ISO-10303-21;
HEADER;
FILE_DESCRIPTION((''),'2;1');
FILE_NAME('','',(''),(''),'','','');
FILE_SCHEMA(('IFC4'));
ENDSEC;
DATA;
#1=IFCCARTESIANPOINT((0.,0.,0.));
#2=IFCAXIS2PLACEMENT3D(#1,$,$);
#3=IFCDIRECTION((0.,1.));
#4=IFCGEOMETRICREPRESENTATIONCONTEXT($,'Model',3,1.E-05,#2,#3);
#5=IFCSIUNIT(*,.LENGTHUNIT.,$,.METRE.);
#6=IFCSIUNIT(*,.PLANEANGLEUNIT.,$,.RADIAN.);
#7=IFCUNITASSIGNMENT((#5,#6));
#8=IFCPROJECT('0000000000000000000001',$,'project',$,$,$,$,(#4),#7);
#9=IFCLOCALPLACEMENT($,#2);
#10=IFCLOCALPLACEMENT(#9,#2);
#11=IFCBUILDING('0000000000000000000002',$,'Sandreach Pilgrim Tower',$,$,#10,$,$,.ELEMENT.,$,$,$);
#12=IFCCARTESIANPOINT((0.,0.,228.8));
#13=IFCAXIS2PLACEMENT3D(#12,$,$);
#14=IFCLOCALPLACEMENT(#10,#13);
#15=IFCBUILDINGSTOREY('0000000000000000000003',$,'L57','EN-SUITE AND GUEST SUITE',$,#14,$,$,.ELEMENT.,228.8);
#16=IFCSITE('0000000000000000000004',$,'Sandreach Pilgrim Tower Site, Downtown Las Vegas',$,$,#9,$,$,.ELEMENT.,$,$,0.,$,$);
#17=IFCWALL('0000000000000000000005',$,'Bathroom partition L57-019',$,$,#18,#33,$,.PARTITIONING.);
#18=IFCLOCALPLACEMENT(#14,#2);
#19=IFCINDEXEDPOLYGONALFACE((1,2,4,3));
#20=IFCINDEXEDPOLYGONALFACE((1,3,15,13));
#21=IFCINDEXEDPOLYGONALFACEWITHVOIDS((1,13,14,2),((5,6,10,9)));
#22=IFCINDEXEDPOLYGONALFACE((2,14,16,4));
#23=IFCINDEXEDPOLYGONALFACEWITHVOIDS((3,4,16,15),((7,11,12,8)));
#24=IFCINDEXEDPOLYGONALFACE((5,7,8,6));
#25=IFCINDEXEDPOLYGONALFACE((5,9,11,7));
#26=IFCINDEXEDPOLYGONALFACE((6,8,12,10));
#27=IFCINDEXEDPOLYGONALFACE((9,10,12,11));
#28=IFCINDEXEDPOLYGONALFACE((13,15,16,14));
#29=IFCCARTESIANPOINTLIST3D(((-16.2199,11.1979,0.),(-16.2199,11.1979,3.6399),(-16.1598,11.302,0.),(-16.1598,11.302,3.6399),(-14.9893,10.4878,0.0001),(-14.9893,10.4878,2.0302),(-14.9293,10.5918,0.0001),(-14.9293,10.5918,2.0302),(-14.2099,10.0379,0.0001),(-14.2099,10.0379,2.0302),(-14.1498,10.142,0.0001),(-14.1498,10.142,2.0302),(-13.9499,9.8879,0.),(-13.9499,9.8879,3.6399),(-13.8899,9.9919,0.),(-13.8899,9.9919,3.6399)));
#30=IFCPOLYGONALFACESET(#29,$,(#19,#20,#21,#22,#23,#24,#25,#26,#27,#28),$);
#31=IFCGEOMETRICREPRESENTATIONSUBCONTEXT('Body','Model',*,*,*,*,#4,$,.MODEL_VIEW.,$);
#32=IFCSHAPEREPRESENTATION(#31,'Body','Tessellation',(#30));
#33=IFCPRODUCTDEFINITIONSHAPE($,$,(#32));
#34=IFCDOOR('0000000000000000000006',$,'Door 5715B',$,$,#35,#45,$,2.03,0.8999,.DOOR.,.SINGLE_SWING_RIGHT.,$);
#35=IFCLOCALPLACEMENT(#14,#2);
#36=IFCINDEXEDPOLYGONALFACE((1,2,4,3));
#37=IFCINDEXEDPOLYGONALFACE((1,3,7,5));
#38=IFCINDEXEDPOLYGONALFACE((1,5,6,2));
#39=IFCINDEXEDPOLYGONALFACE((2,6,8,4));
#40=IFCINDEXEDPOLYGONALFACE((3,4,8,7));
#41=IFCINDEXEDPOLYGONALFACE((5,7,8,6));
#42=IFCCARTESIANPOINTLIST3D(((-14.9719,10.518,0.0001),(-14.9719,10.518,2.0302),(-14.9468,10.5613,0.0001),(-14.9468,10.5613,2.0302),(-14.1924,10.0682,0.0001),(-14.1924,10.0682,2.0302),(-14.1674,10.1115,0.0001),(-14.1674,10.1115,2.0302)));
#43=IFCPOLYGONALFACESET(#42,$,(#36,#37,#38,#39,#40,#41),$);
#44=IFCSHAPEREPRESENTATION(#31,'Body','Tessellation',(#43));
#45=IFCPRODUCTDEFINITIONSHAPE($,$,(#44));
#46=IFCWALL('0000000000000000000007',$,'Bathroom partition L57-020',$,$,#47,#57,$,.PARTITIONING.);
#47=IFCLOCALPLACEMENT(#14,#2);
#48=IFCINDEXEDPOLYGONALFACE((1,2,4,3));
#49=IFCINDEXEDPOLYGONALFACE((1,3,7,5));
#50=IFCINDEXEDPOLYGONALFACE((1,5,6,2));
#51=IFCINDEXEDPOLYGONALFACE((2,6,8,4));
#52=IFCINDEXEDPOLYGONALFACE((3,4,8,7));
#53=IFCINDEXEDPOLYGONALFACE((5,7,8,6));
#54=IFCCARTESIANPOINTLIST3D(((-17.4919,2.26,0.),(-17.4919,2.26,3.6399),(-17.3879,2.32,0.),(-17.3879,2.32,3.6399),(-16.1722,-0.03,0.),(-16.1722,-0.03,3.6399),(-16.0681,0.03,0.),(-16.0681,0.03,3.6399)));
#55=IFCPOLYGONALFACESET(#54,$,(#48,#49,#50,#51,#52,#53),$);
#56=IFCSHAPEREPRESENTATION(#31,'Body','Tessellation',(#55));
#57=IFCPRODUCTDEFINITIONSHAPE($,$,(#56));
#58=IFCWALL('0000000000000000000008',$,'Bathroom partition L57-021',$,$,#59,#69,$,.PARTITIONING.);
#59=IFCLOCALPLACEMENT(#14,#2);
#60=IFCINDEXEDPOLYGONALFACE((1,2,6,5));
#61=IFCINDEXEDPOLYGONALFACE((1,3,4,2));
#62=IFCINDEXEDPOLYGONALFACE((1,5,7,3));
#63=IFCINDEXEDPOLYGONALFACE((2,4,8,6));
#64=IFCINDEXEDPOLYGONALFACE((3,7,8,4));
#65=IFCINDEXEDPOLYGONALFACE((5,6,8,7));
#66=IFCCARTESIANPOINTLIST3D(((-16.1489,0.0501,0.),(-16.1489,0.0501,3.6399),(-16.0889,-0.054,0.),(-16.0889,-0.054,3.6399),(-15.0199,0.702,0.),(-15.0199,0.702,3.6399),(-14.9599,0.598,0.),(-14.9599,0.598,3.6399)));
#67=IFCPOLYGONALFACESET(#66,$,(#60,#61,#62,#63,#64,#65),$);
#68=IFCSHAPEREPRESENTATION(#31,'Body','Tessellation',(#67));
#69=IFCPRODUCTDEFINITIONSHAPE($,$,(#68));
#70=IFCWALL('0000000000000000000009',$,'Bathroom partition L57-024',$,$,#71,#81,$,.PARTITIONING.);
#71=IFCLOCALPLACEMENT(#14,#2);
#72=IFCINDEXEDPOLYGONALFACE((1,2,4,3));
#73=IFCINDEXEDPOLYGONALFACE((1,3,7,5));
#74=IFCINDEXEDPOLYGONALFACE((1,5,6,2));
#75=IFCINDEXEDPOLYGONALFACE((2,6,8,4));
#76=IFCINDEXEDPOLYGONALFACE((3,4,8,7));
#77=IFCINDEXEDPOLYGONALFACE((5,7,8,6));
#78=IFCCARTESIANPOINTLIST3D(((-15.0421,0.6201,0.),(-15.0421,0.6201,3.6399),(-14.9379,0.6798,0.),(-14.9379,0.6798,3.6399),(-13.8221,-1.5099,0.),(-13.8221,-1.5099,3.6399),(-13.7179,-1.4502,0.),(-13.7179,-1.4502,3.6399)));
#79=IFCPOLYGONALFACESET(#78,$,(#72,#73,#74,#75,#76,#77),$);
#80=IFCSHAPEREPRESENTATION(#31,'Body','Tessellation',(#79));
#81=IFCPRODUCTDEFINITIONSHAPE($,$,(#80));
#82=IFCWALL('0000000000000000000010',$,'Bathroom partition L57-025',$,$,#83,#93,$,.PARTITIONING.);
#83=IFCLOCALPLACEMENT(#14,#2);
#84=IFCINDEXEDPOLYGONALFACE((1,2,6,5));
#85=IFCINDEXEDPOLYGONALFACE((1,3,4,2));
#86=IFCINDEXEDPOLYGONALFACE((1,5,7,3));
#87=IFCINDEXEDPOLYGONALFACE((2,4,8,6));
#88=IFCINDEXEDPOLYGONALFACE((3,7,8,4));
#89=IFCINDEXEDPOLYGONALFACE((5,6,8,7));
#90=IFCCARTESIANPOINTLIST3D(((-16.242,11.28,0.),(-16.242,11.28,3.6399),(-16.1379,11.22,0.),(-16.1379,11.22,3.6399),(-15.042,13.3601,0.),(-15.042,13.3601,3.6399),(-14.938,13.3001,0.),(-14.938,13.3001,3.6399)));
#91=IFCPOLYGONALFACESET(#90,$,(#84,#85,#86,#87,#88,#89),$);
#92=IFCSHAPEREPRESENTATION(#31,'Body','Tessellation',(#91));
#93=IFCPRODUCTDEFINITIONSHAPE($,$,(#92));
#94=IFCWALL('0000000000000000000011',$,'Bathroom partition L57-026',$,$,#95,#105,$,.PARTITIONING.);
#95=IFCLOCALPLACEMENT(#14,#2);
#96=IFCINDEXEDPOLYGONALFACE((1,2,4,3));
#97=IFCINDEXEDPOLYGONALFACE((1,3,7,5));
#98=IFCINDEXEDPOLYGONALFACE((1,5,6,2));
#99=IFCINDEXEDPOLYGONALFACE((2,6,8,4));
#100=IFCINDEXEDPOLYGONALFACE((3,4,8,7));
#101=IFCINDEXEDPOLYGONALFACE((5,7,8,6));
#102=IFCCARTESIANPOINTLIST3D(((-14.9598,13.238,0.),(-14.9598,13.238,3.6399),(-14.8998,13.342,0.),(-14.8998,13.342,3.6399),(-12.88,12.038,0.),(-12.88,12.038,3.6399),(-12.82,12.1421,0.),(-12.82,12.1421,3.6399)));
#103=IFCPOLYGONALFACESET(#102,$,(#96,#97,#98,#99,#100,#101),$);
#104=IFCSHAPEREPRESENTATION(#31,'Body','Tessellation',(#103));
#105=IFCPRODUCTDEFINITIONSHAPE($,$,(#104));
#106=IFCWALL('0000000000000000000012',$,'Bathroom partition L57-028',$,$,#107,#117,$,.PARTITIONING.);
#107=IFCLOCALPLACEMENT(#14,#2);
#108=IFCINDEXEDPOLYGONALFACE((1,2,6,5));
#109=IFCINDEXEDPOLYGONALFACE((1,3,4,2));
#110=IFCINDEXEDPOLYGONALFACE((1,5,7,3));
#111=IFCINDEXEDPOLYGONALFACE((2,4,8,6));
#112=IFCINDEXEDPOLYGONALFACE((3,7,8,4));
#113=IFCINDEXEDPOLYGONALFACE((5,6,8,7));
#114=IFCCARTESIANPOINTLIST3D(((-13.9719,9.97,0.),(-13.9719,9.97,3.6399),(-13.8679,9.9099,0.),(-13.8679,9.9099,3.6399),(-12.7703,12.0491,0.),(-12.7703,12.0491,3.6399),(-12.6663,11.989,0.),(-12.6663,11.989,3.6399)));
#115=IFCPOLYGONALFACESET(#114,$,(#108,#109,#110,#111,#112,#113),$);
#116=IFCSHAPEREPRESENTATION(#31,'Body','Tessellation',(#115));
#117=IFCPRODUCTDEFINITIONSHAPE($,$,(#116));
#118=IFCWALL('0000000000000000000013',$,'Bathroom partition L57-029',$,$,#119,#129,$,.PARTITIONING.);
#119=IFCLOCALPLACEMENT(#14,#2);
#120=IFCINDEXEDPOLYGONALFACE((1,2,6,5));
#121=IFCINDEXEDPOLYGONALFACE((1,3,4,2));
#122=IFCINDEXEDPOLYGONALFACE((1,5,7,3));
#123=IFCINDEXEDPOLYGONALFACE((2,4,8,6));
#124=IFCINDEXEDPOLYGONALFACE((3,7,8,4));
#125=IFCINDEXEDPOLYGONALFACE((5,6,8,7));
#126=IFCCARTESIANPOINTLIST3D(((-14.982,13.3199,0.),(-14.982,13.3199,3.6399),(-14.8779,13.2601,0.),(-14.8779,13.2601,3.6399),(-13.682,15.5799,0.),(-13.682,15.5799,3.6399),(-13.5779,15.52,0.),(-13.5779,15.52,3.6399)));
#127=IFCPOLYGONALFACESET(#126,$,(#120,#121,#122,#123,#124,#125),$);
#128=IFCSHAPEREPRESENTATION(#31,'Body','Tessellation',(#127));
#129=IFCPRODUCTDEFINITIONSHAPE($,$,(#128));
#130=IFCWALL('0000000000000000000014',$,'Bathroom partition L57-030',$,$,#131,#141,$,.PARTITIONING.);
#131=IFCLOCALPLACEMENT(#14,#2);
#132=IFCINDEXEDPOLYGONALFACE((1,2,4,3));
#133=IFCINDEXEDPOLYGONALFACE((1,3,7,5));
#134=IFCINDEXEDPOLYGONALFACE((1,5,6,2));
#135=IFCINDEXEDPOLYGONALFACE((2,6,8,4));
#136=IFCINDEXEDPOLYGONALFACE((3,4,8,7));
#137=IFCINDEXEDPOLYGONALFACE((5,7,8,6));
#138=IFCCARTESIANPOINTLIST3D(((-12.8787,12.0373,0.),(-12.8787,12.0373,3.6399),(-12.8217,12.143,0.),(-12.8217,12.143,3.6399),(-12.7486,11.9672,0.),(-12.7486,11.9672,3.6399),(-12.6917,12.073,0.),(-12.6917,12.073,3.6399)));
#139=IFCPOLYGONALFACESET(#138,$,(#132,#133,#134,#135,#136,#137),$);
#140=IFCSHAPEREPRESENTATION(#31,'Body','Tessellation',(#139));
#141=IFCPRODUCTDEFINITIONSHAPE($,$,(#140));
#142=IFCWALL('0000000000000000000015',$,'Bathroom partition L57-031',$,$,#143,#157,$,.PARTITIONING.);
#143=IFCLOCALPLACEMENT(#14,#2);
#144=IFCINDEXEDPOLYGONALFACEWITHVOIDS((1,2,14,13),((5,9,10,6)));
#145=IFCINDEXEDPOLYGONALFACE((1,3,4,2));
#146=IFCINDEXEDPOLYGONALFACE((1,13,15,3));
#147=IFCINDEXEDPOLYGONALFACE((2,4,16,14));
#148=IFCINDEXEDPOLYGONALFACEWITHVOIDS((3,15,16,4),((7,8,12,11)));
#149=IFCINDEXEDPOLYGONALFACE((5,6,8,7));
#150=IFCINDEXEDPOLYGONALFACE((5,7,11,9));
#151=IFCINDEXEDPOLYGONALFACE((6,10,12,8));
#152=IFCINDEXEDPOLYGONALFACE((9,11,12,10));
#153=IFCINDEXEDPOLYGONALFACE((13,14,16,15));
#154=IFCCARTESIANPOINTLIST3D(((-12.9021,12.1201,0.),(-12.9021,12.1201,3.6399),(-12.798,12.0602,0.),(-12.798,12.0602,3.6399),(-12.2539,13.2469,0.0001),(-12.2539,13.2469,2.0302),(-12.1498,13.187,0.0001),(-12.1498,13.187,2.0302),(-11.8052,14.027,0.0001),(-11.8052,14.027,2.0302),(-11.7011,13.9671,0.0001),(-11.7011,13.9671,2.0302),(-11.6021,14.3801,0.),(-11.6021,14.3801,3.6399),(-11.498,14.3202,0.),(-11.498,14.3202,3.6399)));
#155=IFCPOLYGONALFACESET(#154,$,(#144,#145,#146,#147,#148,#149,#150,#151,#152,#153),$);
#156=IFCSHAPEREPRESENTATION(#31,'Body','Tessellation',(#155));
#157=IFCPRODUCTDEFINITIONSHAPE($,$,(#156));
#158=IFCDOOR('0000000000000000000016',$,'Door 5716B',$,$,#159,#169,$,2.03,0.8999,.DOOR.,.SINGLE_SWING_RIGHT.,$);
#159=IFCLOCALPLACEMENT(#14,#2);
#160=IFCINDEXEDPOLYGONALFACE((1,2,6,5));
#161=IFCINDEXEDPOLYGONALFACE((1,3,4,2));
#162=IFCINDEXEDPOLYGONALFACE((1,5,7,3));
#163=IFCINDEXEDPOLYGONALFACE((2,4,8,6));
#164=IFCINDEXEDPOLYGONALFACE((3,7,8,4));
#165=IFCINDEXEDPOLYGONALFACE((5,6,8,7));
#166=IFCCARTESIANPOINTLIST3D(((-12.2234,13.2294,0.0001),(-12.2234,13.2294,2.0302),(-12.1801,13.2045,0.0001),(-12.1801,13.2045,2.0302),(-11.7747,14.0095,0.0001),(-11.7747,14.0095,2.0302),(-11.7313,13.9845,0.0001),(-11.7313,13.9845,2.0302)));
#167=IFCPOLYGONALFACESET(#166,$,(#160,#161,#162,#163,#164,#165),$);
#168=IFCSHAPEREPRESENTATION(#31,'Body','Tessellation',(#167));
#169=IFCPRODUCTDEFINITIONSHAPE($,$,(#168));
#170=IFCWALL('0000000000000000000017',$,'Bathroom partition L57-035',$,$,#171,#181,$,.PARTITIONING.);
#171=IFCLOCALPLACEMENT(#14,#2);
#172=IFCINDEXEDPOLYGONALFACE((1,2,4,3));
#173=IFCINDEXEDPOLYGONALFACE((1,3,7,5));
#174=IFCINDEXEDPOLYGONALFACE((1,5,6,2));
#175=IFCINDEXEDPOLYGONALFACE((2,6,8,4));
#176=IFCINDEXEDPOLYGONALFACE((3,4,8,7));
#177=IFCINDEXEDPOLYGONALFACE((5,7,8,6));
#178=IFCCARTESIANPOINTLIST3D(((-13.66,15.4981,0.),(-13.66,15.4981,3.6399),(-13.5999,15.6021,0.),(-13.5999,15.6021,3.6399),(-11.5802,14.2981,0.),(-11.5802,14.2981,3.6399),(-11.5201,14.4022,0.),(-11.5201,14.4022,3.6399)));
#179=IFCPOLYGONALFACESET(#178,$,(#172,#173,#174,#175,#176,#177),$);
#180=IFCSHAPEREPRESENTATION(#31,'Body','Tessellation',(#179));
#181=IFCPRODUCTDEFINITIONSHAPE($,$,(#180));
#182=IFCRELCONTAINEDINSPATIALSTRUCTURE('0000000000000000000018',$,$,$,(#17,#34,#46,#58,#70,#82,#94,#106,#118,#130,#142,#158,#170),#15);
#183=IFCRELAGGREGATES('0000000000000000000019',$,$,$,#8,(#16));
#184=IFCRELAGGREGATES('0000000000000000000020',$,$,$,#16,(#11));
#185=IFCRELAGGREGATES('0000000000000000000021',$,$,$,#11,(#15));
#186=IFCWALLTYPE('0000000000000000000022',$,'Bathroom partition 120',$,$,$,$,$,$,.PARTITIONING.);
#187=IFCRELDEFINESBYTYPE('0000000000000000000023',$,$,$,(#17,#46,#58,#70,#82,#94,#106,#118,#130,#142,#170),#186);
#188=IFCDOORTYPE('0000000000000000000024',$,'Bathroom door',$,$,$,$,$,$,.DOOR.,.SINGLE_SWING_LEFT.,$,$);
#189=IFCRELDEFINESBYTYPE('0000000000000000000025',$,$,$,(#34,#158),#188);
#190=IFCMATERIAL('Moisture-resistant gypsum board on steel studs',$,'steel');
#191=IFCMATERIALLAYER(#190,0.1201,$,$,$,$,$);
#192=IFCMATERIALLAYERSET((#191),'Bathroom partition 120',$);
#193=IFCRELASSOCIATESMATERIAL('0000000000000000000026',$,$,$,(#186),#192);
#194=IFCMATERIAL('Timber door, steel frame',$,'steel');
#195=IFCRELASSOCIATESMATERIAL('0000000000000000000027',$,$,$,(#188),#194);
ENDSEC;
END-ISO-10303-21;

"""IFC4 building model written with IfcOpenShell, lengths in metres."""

from ifc_helpers import new_model, si_unit, direction, frame, frame_2d, origin, place, context, subcontext, project, spatial, rectangle, extrude, material, layer, layer_set, type_object, element, fill, save


model = new_model("IFC4")

# Units and contexts
model_context = context("Model", 3, precision=1e-05, world=origin(), true_north=direction((0.0, 1.0)))
body_context = subcontext(model_context, "Body", "Model", "MODEL_VIEW")
ifc_project = project(units=[si_unit("LENGTHUNIT", "METRE"), si_unit("PLANEANGLEUNIT", "RADIAN")], contexts=[model_context])

# Site, building, storey
site_placement = place(None, origin())
site = spatial("IfcSite", under=ifc_project, at=site_placement, Name="Sandreach Pilgrim Tower Site, Downtown Las Vegas", CompositionType="ELEMENT", RefElevation=0.0)
building_placement = place(site_placement, origin())
building = spatial("IfcBuilding", under=site, at=building_placement, Name="Sandreach Pilgrim Tower", CompositionType="ELEMENT")
storey_placement = place(building_placement, frame((0.0, 0.0, 228.8)))
storey = spatial("IfcBuildingStorey", under=building, at=storey_placement, Name="L57", Description="EN-SUITE AND GUEST SUITE", CompositionType="ELEMENT", Elevation=228.8)

# Wall, opening, door
ifc_material_1 = material(Name="Moisture-resistant gypsum board on steel studs", Category="steel")
ifc_layer_1 = layer(ifc_material_1, 0.1201)
ifc_layer_set_1 = layer_set([ifc_layer_1], Name="Bathroom partition 120")
wall_type_1 = type_object("IfcWallType", Name="Bathroom partition 120", PredefinedType="PARTITIONING", material=ifc_layer_set_1)
wall_1_placement = place(storey_placement, frame((-16.1899, 11.25, 0.0), z_axis=(0.0, 0.0, 1.0), x_axis=(0.866114, -0.499846, 0.0)))
wall_1 = element("IfcWall", 1, at=wall_1_placement, inside=storey, type_object=wall_type_1, Name="Bathroom partition L57-019", PredefinedType="PARTITIONING", context=body_context, shape_type="SweptSolid", body=[
    extrude(rectangle(XDim=2.6208, YDim=0.1201, at=frame_2d((1.3105, 0.0))), origin(), (0.0, 0.0, 1.0), 3.6399),
])
opening_1_placement = place(wall_1_placement, frame((1.4209, 0.0, 0.0)))
opening_1 = element("IfcOpeningElement", 2, at=opening_1_placement, cuts=wall_1, PredefinedType="OPENING", context=body_context, shape_type="SweptSolid", body=[
    extrude(rectangle(XDim=0.8999, YDim=2.03, at=frame_2d((0.45, 1.0151))), frame((0.0, 0.0601, 0.0), z_axis=(0.0, -1.0, 0.0), x_axis=(1.0, 0.0, 0.0)), (0.0, 0.0, 1.0), 0.1201),
])
ifc_material_2 = material(Name="Timber door, steel frame", Category="steel")
door_type_1 = type_object("IfcDoorType", Name="Bathroom door", OperationType="SINGLE_SWING_LEFT", PredefinedType="DOOR", material=ifc_material_2)
door_1_placement = place(opening_1_placement, origin())
door_1 = element("IfcDoor", 3, at=door_1_placement, inside=storey, type_object=door_type_1, Name="Door 5715B", OperationType="SINGLE_SWING_RIGHT", OverallHeight=2.03, OverallWidth=0.8999, PredefinedType="DOOR", context=body_context, shape_type="SweptSolid", body=[
    extrude(rectangle(XDim=0.8999, YDim=2.03, at=frame_2d((0.45, 1.0151))), frame((0.0, 0.0249, 0.0), z_axis=(0.0, -1.0, 0.0), x_axis=(1.0, 0.0, 0.0)), (0.0, 0.0, 1.0), 0.05),
])
fill(opening_1, door_1)

# Walls
wall_2_placement = place(storey_placement, frame((-16.1201, 0.0, 0.0), z_axis=(0.0, 0.0, 1.0), x_axis=(-0.499339, 0.866407, 0.0)))
element("IfcWall", 4, at=wall_2_placement, inside=storey, type_object=wall_type_1, Name="Bathroom partition L57-020", PredefinedType="PARTITIONING", context=body_context, shape_type="SweptSolid", body=[
    extrude(rectangle(XDim=2.6431, YDim=0.1201, at=frame_2d((1.3215, 0.0))), origin(), (0.0, 0.0, 1.0), 3.6399),
])
wall_3_placement = place(storey_placement, frame((-16.1189, -0.002, 0.0), z_axis=(0.0, 0.0, 1.0), x_axis=(0.865998, 0.500047, 0.0)))
element("IfcWall", 5, at=wall_3_placement, inside=storey, type_object=wall_type_1, Name="Bathroom partition L57-021", PredefinedType="PARTITIONING", context=body_context, shape_type="SweptSolid", body=[
    extrude(rectangle(XDim=1.3037, YDim=0.1201, at=frame_2d((0.6519, 0.0))), origin(), (0.0, 0.0, 1.0), 3.6399),
])
wall_4_placement = place(storey_placement, frame((-14.99, 0.6499, 0.0), z_axis=(0.0, 0.0, 1.0), x_axis=(0.497028, -0.867735, 0.0)))
element("IfcWall", 6, at=wall_4_placement, inside=storey, type_object=wall_type_1, Name="Bathroom partition L57-024", PredefinedType="PARTITIONING", context=body_context, shape_type="SweptSolid", body=[
    extrude(rectangle(XDim=2.4546, YDim=0.1201, at=frame_2d((1.2273, 0.0))), origin(), (0.0, 0.0, 1.0), 3.6399),
])
wall_5_placement = place(storey_placement, frame((-14.99, 13.3301, 0.0), z_axis=(0.0, 0.0, 1.0), x_axis=(-0.499693, -0.866203, 0.0)))
element("IfcWall", 7, at=wall_5_placement, inside=storey, type_object=wall_type_1, Name="Bathroom partition L57-025", PredefinedType="PARTITIONING", context=body_context, shape_type="SweptSolid", body=[
    extrude(rectangle(XDim=2.4014, YDim=0.1201, at=frame_2d((1.2007, 0.0))), origin(), (0.0, 0.0, 1.0), 3.6399),
])
wall_6_placement = place(storey_placement, frame((-14.9299, 13.29, 0.0), z_axis=(0.0, 0.0, 1.0), x_axis=(0.866177, -0.499737, 0.0)))
element("IfcWall", 8, at=wall_6_placement, inside=storey, type_object=wall_type_1, Name="Bathroom partition L57-026", PredefinedType="PARTITIONING", context=body_context, shape_type="SweptSolid", body=[
    extrude(rectangle(XDim=2.4011, YDim=0.1201, at=frame_2d((1.2007, 0.0))), origin(), (0.0, 0.0, 1.0), 3.6399),
])
wall_7_placement = place(storey_placement, frame((-13.9199, 9.9399, 0.0), z_axis=(0.0, 0.0, 1.0), x_axis=(0.500403, 0.865793, 0.0)))
element("IfcWall", 9, at=wall_7_placement, inside=storey, type_object=wall_type_1, Name="Bathroom partition L57-028", PredefinedType="PARTITIONING", context=body_context, shape_type="SweptSolid", body=[
    extrude(rectangle(XDim=2.4014, YDim=0.1201, at=frame_2d((1.2007, 0.0))), origin(), (0.0, 0.0, 1.0), 3.6399),
])
wall_8_placement = place(storey_placement, frame((-13.6299, 15.55, 0.0), z_axis=(0.0, 0.0, 1.0), x_axis=(-0.498628, -0.866816, 0.0)))
element("IfcWall", 10, at=wall_8_placement, inside=storey, type_object=wall_type_1, Name="Bathroom partition L57-029", PredefinedType="PARTITIONING", context=body_context, shape_type="SweptSolid", body=[
    extrude(rectangle(XDim=2.6072, YDim=0.1201, at=frame_2d((1.3037, 0.0))), origin(), (0.0, 0.0, 1.0), 3.6399),
])
wall_9_placement = place(storey_placement, frame((-12.8501, 12.0901, 0.0), z_axis=(0.0, 0.0, 1.0), x_axis=(0.880471, -0.4741, 0.0)))
element("IfcWall", 11, at=wall_9_placement, inside=storey, type_object=wall_type_1, Name="Bathroom partition L57-030", PredefinedType="PARTITIONING", context=body_context, shape_type="SweptSolid", body=[
    extrude(rectangle(XDim=0.1477, YDim=0.1201, at=frame_2d((0.0737, 0.0))), origin(), (0.0, 0.0, 1.0), 3.6399),
])

# Wall, opening, door
wall_10_placement = place(storey_placement, frame((-12.8501, 12.0901, 0.0), z_axis=(0.0, 0.0, 1.0), x_axis=(0.498628, 0.866816, 0.0)))
wall_10 = element("IfcWall", 12, at=wall_10_placement, inside=storey, type_object=wall_type_1, Name="Bathroom partition L57-031", PredefinedType="PARTITIONING", context=body_context, shape_type="SweptSolid", body=[
    extrude(rectangle(XDim=2.6072, YDim=0.1201, at=frame_2d((1.3037, 0.0))), origin(), (0.0, 0.0, 1.0), 3.6399),
])
opening_2_placement = place(wall_10_placement, frame((1.3, 0.0, 0.0)))
opening_2 = element("IfcOpeningElement", 13, at=opening_2_placement, cuts=wall_10, PredefinedType="OPENING", context=body_context, shape_type="SweptSolid", body=[
    extrude(rectangle(XDim=0.8999, YDim=2.03, at=frame_2d((0.45, 1.0151))), frame((0.0, 0.0601, 0.0), z_axis=(0.0, -1.0, 0.0), x_axis=(1.0, 0.0, 0.0)), (0.0, 0.0, 1.0), 0.1201),
])
door_2_placement = place(opening_2_placement, origin())
door_2 = element("IfcDoor", 14, at=door_2_placement, inside=storey, type_object=door_type_1, Name="Door 5716B", OperationType="SINGLE_SWING_RIGHT", OverallHeight=2.03, OverallWidth=0.8999, PredefinedType="DOOR", context=body_context, shape_type="SweptSolid", body=[
    extrude(rectangle(XDim=0.8999, YDim=2.03, at=frame_2d((0.45, 1.0151))), frame((0.0, 0.0249, 0.0), z_axis=(0.0, -1.0, 0.0), x_axis=(1.0, 0.0, 0.0)), (0.0, 0.0, 1.0), 0.05),
])
fill(opening_2, door_2)

# Wall
wall_11_placement = place(storey_placement, frame((-11.55, 14.3501, 0.0), z_axis=(0.0, 0.0, 1.0), x_axis=(-0.866177, 0.499737, 0.0)))
element("IfcWall", 15, at=wall_11_placement, inside=storey, type_object=wall_type_1, Name="Bathroom partition L57-035", PredefinedType="PARTITIONING", context=body_context, shape_type="SweptSolid", body=[
    extrude(rectangle(XDim=2.4011, YDim=0.1201, at=frame_2d((1.2007, 0.0))), origin(), (0.0, 0.0, 1.0), 3.6399),
])

save(model, "model.ifc")
